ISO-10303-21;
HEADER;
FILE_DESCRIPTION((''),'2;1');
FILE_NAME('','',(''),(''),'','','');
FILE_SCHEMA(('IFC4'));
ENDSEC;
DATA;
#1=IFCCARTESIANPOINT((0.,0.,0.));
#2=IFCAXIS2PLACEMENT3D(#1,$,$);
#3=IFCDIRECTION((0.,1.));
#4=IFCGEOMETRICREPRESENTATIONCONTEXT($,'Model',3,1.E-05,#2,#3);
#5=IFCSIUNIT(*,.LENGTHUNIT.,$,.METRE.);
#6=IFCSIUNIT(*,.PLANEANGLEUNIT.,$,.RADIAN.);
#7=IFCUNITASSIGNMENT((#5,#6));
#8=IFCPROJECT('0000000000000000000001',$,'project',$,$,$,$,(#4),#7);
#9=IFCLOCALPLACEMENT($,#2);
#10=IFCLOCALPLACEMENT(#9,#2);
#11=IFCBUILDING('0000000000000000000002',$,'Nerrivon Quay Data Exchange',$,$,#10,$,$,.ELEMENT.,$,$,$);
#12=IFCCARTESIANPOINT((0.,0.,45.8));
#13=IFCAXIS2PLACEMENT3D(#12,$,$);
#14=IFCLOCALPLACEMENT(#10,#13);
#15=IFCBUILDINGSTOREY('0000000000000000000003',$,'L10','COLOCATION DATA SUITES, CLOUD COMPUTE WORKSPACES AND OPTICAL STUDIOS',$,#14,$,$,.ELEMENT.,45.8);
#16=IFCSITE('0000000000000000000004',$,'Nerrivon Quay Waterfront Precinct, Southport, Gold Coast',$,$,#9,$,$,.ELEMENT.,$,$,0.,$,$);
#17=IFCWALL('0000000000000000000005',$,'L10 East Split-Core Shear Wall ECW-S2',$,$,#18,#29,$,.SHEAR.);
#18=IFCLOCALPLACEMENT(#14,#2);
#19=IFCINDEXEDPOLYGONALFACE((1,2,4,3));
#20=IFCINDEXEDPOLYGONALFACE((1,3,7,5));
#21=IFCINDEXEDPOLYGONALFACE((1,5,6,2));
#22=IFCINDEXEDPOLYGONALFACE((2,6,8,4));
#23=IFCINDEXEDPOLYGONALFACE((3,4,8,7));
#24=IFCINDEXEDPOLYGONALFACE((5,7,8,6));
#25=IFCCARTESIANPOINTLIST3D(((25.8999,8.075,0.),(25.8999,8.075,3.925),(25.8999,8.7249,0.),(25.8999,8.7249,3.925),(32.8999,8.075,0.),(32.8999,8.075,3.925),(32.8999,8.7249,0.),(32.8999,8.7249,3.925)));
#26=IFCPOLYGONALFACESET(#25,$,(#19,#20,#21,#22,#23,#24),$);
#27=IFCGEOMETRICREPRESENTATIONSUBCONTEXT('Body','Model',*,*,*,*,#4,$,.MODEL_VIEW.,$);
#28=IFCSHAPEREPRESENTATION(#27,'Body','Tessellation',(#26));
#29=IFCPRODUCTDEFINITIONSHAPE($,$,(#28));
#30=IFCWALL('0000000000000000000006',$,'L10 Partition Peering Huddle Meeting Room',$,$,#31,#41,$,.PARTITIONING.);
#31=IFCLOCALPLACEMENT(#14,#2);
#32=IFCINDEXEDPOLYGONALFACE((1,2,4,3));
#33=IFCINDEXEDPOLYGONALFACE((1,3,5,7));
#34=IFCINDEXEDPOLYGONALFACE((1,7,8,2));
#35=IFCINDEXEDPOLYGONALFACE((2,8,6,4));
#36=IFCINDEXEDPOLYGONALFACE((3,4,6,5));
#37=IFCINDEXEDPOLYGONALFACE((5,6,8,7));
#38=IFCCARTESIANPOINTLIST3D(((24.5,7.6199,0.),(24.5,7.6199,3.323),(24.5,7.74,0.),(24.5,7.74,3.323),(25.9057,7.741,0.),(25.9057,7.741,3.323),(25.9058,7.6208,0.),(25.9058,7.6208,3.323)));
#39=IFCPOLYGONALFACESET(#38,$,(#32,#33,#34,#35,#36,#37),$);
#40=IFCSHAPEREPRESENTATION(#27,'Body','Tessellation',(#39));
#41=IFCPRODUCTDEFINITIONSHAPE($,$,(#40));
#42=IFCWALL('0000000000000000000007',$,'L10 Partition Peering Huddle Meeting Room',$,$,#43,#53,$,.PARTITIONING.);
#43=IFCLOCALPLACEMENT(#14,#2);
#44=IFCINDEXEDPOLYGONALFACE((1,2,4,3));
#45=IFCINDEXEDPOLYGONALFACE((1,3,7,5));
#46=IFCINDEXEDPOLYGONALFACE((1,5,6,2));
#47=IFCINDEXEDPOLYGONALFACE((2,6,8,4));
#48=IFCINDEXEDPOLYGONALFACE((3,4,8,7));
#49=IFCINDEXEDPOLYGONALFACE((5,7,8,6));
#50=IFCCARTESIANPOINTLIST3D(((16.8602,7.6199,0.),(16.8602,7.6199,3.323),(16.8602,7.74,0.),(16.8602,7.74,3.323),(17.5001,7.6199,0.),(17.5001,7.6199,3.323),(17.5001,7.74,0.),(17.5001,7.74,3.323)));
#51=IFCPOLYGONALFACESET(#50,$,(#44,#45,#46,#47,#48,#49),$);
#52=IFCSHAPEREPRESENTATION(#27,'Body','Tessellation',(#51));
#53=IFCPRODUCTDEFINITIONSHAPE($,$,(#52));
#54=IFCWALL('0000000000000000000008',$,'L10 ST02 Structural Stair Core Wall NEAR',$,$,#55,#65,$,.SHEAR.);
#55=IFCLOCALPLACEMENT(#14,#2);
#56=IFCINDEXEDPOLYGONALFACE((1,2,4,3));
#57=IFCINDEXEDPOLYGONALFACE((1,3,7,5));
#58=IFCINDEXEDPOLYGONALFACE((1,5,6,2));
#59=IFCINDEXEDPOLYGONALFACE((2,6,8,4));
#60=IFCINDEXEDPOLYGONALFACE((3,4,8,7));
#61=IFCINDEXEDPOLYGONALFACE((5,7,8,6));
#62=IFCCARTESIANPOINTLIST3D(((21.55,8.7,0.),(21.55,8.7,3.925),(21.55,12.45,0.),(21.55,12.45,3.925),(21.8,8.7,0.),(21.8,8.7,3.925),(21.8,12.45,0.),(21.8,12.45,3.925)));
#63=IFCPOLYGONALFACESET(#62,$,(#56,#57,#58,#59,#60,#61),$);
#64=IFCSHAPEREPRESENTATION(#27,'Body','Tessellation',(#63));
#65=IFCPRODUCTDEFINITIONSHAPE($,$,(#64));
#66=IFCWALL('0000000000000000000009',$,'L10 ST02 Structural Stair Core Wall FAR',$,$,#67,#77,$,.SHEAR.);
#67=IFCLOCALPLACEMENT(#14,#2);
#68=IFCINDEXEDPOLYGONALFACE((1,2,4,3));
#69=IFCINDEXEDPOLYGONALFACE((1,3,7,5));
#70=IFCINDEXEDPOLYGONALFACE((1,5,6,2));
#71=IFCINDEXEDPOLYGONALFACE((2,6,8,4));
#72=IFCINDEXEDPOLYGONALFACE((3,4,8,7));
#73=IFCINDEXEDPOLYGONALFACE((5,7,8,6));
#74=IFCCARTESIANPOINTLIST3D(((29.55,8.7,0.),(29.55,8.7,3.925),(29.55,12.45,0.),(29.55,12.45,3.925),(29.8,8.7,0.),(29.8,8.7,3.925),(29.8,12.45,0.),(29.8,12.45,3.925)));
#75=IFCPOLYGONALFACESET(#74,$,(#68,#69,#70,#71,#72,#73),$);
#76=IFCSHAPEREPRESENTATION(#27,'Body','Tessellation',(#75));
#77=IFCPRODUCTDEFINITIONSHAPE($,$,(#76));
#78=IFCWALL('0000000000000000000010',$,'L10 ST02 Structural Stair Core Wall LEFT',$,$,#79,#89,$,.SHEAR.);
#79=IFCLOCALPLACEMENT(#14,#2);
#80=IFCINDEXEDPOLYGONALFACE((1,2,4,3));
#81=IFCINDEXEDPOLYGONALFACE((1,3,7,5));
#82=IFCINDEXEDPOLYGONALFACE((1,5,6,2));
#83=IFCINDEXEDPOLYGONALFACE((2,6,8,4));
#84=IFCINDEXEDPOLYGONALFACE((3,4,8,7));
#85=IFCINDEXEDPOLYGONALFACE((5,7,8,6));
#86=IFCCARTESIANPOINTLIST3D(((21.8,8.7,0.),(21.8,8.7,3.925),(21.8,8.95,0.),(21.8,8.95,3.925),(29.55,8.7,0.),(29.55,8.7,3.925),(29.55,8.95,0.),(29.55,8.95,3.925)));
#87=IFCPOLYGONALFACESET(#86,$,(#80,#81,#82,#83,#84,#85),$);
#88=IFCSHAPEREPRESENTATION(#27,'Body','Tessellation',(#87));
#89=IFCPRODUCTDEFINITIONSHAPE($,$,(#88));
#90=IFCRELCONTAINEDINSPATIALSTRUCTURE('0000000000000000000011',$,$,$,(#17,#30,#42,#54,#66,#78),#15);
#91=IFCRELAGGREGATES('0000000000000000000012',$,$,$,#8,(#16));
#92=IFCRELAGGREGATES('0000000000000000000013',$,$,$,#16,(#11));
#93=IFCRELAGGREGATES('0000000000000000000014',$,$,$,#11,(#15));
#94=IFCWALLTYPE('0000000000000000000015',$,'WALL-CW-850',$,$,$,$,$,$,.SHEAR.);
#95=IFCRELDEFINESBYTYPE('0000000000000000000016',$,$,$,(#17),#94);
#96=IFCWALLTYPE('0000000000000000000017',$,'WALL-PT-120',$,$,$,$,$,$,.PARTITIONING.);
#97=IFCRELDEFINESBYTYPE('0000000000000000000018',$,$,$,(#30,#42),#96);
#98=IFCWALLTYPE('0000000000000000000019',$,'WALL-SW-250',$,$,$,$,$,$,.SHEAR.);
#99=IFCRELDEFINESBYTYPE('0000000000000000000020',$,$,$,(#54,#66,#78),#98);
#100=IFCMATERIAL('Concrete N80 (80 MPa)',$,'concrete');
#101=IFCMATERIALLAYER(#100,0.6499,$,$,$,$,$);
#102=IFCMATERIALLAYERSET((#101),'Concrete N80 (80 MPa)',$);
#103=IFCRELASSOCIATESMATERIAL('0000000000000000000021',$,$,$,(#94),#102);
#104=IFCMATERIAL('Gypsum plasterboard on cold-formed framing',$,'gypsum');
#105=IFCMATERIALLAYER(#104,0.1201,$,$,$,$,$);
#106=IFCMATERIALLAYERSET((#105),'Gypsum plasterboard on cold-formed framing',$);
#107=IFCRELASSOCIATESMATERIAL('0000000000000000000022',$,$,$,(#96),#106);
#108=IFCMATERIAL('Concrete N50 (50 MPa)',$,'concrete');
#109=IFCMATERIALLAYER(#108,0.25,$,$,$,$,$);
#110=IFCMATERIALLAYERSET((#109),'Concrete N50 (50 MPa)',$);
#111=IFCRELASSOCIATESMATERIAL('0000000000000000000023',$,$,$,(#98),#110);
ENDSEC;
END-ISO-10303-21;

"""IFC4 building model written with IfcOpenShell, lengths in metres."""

from ifc_helpers import new_model, si_unit, direction, frame, frame_2d, origin, place, context, subcontext, project, spatial, rectangle, extrude, material, layer, layer_set, type_object, element, save


model = new_model("IFC4")

# Units and contexts
model_context = context("Model", 3, precision=1e-05, world=origin(), true_north=direction((0.0, 1.0)))
body_context = subcontext(model_context, "Body", "Model", "MODEL_VIEW")
ifc_project = project(units=[si_unit("LENGTHUNIT", "METRE"), si_unit("PLANEANGLEUNIT", "RADIAN")], contexts=[model_context])

# Site, building, storey
site_placement = place(None, origin())
site = spatial("IfcSite", under=ifc_project, at=site_placement, Name="Nerrivon Quay Waterfront Precinct, Southport, Gold Coast", CompositionType="ELEMENT", RefElevation=0.0)
building_placement = place(site_placement, origin())
building = spatial("IfcBuilding", under=site, at=building_placement, Name="Nerrivon Quay Data Exchange", CompositionType="ELEMENT")
storey_placement = place(building_placement, frame((0.0, 0.0, 45.8)))
storey = spatial("IfcBuildingStorey", under=building, at=storey_placement, Name="L10", Description="COLOCATION DATA SUITES, CLOUD COMPUTE WORKSPACES AND OPTICAL STUDIOS", CompositionType="ELEMENT", Elevation=45.8)

# Shared definitions
ifc_material_1 = material(Name="Concrete N80 (80 MPa)", Category="concrete")
ifc_material_2 = material(Name="Concrete N50 (50 MPa)", Category="concrete")

# Walls
ifc_layer_1 = layer(ifc_material_1, 0.6499)
ifc_layer_set_1 = layer_set([ifc_layer_1], Name="Concrete N80 (80 MPa)")
wall_type_1 = type_object("IfcWallType", Name="WALL-CW-850", PredefinedType="SHEAR", material=ifc_layer_set_1)
for number, where, z_axis, x_axis, name in (
    (1, (25.8999, 8.3999, 0.0), (0.0, 0.0, 1.0), (1.0, 0.0, 0.0), "L10 East Split-Core Shear Wall ECW-S2"),
):
    element("IfcWall", number, at=place(storey_placement, frame(where, z_axis=z_axis, x_axis=x_axis)), inside=storey, type_object=wall_type_1, Name=name, PredefinedType="SHEAR", context=body_context, shape_type="SweptSolid", body=[
        extrude(rectangle(XDim=7.0, YDim=0.6499, at=frame_2d((3.5, 0.0))), origin(), (0.0, 0.0, 1.0), 3.925),
    ])
ifc_material_3 = material(Name="Gypsum plasterboard on cold-formed framing", Category="gypsum")
ifc_layer_2 = layer(ifc_material_3, 0.1201)
ifc_layer_set_2 = layer_set([ifc_layer_2], Name="Gypsum plasterboard on cold-formed framing")
wall_type_2 = type_object("IfcWallType", Name="WALL-PT-120", PredefinedType="PARTITIONING", material=ifc_layer_set_2)
wall_1_placement = place(storey_placement, frame((25.9058, 7.6809, 0.0), z_axis=(0.0, 0.0, 1.0), x_axis=(-1.0, -0.000695, 0.0)))
element("IfcWall", 2, at=wall_1_placement, inside=storey, type_object=wall_type_2, Name="L10 Partition Peering Huddle Meeting Room", PredefinedType="PARTITIONING", context=body_context, shape_type="SweptSolid", body=[
    extrude(rectangle(XDim=1.4058, YDim=0.1201, at=frame_2d((0.7029, 0.0))), origin(), (0.0, 0.0, 1.0), 3.323),
])
wall_2_placement = place(storey_placement, frame((17.5, 7.6799, 0.0), z_axis=(0.0, 0.0, 1.0), x_axis=(-1.0, 0.0, 0.0)))
element("IfcWall", 3, at=wall_2_placement, inside=storey, type_object=wall_type_2, Name="L10 Partition Peering Huddle Meeting Room", PredefinedType="PARTITIONING", context=body_context, shape_type="SweptSolid", body=[
    extrude(rectangle(XDim=0.6399, YDim=0.1201, at=frame_2d((0.3198, 0.0))), origin(), (0.0, 0.0, 1.0), 3.323),
])
ifc_layer_3 = layer(ifc_material_2, 0.25)
ifc_layer_set_3 = layer_set([ifc_layer_3], Name="Concrete N50 (50 MPa)")
wall_type_3 = type_object("IfcWallType", Name="WALL-SW-250", PredefinedType="SHEAR", material=ifc_layer_set_3)
for number, where, z_axis, x_axis, name in (
    (4, (21.675, 8.7, 0.0), (0.0, 0.0, 1.0), (0.0, 1.0, 0.0), "L10 ST02 Structural Stair Core Wall NEAR"),
    (5, (29.675, 8.7, 0.0), (0.0, 0.0, 1.0), (0.0, 1.0, 0.0), "L10 ST02 Structural Stair Core Wall FAR"),
):
    element("IfcWall", number, at=place(storey_placement, frame(where, z_axis=z_axis, x_axis=x_axis)), inside=storey, type_object=wall_type_3, Name=name, PredefinedType="SHEAR", context=body_context, shape_type="SweptSolid", body=[
        extrude(rectangle(XDim=3.75, YDim=0.25, at=frame_2d((1.875, 0.0))), origin(), (0.0, 0.0, 1.0), 3.925),
    ])
wall_3_placement = place(storey_placement, frame((21.8, 8.825, 0.0), z_axis=(0.0, 0.0, 1.0), x_axis=(1.0, 0.0, 0.0)))
element("IfcWall", 6, at=wall_3_placement, inside=storey, type_object=wall_type_3, Name="L10 ST02 Structural Stair Core Wall LEFT", PredefinedType="SHEAR", context=body_context, shape_type="SweptSolid", body=[
    extrude(rectangle(XDim=7.75, YDim=0.25, at=frame_2d((3.875, 0.0))), origin(), (0.0, 0.0, 1.0), 3.925),
])

save(model, "model.ifc")
